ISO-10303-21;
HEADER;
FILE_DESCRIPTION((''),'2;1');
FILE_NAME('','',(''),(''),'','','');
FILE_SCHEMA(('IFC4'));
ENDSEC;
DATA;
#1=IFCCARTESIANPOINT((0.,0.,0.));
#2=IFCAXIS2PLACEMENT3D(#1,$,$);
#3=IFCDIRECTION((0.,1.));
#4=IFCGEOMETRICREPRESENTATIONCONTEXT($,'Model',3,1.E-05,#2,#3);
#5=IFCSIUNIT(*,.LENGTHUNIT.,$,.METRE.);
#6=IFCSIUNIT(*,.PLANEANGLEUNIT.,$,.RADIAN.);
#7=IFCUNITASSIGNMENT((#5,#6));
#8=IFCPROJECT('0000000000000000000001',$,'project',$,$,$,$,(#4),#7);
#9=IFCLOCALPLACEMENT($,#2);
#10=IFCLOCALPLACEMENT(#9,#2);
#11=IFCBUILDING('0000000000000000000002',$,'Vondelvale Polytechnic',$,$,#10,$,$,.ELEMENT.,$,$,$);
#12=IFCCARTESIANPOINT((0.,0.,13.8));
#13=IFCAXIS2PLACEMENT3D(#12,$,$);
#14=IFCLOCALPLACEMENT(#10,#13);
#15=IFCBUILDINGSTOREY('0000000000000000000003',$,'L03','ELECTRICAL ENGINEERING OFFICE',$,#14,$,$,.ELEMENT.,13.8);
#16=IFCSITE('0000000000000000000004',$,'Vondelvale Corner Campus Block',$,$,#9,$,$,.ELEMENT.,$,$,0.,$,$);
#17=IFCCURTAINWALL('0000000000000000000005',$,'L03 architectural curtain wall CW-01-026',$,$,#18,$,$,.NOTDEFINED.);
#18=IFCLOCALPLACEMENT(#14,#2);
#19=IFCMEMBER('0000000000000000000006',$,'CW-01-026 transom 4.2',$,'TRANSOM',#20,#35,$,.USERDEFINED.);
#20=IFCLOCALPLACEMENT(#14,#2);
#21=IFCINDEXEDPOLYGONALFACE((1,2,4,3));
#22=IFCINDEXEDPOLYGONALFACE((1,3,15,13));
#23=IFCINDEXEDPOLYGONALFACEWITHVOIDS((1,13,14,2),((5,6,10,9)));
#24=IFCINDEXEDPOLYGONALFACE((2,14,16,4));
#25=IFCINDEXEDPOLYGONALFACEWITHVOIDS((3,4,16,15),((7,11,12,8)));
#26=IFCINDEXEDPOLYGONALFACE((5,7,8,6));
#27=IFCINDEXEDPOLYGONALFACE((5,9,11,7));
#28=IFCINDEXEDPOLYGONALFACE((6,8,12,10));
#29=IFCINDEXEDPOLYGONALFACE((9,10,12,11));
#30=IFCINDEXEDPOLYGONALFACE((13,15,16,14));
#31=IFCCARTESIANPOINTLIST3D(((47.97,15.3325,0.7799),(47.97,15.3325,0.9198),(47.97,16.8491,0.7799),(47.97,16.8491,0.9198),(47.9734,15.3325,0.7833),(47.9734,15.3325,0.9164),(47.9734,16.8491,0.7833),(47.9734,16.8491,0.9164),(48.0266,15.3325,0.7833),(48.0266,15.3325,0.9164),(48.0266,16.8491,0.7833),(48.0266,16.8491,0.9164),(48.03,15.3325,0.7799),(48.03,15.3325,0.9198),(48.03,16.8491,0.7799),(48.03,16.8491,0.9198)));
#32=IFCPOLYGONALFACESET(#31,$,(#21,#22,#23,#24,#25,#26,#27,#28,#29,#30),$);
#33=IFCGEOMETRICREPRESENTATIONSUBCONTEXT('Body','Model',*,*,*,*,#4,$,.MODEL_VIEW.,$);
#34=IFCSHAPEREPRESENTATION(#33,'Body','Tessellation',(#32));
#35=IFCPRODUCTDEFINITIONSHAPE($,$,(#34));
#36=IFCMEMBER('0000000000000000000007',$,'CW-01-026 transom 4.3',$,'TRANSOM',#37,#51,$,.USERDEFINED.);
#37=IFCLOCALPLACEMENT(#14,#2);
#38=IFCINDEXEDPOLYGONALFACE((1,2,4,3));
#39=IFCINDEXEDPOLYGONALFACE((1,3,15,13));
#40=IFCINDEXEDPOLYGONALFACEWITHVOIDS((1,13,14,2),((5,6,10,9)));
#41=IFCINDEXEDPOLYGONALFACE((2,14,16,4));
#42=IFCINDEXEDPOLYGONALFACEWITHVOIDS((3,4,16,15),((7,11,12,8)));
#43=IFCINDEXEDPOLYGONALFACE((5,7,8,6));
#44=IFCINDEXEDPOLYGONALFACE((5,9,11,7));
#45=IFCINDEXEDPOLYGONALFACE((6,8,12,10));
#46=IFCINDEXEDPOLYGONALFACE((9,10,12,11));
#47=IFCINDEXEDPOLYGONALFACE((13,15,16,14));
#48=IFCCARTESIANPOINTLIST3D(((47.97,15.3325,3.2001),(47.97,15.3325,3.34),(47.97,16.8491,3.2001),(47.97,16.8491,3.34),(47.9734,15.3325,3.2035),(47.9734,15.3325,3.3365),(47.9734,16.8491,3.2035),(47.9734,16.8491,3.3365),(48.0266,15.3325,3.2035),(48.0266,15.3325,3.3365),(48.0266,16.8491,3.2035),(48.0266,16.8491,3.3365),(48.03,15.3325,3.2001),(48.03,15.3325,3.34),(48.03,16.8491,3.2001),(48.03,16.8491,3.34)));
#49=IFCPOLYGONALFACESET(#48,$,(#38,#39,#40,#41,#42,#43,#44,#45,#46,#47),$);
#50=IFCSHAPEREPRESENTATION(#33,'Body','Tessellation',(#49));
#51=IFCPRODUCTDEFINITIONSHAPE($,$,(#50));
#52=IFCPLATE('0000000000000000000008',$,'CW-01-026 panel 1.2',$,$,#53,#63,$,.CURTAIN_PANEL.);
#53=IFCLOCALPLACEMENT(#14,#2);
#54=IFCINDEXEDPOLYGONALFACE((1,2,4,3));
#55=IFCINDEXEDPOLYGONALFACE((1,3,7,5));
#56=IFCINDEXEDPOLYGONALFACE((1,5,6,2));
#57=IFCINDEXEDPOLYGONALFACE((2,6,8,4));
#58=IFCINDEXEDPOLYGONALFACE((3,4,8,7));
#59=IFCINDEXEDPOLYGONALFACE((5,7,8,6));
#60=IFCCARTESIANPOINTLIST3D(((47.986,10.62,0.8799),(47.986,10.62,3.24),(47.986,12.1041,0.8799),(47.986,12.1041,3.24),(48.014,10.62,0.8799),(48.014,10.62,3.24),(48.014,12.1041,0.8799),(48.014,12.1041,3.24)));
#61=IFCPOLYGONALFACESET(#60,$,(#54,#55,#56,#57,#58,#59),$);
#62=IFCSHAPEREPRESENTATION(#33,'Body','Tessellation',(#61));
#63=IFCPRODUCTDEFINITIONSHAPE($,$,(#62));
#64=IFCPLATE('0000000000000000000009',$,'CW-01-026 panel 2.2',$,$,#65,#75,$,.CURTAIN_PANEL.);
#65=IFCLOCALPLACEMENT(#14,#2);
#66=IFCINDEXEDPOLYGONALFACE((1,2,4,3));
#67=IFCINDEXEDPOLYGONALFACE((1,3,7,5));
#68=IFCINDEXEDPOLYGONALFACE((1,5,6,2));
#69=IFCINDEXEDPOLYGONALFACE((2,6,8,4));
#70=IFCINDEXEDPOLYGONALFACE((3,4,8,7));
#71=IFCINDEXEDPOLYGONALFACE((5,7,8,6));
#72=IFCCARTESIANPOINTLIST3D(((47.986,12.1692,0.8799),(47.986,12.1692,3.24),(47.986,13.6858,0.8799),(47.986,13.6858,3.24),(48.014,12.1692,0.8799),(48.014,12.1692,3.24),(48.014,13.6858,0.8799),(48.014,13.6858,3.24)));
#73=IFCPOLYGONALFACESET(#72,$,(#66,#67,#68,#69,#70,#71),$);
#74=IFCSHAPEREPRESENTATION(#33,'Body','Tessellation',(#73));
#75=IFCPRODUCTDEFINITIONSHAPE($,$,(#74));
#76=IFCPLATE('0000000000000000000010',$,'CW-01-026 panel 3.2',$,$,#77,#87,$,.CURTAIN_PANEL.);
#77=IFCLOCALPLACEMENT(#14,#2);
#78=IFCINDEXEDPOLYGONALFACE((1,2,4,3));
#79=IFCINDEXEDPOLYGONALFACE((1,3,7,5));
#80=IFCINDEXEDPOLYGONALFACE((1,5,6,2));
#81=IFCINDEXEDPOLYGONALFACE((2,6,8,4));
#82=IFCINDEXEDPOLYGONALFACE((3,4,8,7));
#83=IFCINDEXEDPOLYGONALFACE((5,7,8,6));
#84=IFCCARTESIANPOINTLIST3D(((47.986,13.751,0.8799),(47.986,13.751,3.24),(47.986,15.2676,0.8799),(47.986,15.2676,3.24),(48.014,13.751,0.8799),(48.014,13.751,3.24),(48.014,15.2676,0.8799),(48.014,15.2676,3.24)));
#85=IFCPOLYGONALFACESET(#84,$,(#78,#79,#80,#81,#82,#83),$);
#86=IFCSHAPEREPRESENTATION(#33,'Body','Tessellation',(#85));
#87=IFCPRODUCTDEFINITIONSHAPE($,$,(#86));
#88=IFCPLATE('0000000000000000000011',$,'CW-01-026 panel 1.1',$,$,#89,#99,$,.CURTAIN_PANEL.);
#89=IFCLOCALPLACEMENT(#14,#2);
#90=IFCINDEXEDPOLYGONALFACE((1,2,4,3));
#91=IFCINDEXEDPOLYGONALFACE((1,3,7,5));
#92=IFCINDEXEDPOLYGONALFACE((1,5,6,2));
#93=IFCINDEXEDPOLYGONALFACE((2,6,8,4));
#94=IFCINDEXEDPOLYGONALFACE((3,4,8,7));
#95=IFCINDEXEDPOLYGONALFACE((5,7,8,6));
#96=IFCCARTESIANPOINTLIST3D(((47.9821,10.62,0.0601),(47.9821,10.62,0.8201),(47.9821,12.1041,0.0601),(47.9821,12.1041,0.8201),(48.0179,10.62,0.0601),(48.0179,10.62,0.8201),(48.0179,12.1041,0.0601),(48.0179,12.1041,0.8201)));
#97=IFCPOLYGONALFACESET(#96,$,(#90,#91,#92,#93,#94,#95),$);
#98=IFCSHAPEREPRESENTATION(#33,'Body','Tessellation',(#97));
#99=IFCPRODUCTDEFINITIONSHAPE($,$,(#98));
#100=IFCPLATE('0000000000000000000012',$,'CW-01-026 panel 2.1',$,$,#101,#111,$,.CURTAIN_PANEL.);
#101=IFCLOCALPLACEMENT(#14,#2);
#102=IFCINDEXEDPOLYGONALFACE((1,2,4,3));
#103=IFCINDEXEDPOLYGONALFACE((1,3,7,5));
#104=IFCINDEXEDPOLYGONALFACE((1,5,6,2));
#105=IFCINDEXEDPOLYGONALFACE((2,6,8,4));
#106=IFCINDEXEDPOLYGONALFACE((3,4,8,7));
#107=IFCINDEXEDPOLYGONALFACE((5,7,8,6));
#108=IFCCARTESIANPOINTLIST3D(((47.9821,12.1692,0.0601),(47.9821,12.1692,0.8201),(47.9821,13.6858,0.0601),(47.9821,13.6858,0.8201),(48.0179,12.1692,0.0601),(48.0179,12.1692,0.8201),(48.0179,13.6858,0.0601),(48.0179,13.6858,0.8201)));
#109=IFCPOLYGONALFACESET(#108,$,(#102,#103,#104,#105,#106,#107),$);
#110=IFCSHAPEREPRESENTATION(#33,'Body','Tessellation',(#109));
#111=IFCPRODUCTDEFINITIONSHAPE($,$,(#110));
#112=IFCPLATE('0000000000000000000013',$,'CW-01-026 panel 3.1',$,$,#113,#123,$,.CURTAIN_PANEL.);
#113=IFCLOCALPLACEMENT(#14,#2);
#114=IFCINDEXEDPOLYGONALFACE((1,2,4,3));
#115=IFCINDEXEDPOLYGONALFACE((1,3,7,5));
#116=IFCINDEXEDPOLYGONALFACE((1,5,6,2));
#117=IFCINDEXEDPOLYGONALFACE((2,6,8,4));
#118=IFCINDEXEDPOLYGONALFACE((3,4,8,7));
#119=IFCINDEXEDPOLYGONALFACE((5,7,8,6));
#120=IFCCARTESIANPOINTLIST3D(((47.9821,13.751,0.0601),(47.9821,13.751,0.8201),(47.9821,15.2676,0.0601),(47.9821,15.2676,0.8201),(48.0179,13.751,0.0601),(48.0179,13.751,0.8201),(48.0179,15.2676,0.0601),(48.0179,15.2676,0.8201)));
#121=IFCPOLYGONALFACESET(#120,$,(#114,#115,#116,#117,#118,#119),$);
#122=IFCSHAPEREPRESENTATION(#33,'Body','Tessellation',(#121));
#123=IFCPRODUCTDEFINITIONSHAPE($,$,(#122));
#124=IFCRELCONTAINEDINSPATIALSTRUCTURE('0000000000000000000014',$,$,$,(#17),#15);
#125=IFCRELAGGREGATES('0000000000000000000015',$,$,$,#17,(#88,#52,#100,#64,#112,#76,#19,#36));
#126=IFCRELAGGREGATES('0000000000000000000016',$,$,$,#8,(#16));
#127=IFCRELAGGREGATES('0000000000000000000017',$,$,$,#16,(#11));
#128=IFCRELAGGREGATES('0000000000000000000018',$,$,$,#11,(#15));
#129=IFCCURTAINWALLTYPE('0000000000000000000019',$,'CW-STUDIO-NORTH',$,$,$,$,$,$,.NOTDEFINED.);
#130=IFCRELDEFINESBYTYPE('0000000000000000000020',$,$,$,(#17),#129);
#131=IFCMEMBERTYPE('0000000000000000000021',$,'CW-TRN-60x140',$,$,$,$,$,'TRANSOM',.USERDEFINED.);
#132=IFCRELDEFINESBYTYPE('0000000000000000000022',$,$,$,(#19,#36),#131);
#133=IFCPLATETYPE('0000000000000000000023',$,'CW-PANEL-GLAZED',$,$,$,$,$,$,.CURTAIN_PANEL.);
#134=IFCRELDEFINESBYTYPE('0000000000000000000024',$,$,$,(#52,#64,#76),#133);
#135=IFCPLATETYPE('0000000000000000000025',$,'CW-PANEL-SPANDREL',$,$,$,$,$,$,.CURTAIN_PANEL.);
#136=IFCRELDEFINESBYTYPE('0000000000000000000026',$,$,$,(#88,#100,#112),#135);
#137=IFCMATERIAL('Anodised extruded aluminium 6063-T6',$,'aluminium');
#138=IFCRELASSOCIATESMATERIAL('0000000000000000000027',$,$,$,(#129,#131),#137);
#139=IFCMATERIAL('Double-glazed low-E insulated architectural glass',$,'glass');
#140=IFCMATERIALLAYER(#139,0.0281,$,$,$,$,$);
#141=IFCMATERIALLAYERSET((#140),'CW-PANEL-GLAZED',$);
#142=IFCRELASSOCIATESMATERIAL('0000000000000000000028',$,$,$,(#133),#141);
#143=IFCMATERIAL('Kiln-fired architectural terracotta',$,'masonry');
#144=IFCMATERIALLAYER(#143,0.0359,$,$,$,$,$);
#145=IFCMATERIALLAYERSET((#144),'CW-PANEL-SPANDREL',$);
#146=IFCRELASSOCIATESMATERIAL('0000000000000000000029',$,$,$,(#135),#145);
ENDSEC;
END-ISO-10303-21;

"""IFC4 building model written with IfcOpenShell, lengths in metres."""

from ifc_helpers import new_model, si_unit, direction, frame, origin, origin_2d, place, context, subcontext, project, spatial, rectangle, hollow_rectangle, extrude, material, layer, layer_set, material_profile, profile_set, type_object, element, aggregate, save


model = new_model("IFC4")

# Units and contexts
model_context = context("Model", 3, precision=1e-05, world=origin(), true_north=direction((0.0, 1.0)))
body_context = subcontext(model_context, "Body", "Model", "MODEL_VIEW")
ifc_project = project(units=[si_unit("LENGTHUNIT", "METRE"), si_unit("PLANEANGLEUNIT", "RADIAN")], contexts=[model_context])

# Site, building, storey
site_placement = place(None, origin())
site = spatial("IfcSite", under=ifc_project, at=site_placement, Name="Vondelvale Corner Campus Block", CompositionType="ELEMENT", RefElevation=0.0)
building_placement = place(site_placement, origin())
building = spatial("IfcBuilding", under=site, at=building_placement, Name="Vondelvale Polytechnic", CompositionType="ELEMENT")
storey_placement = place(building_placement, frame((0.0, 0.0, 13.8)))
storey = spatial("IfcBuildingStorey", under=building, at=storey_placement, Name="L03", Description="ELECTRICAL ENGINEERING OFFICE", CompositionType="ELEMENT", Elevation=13.8)

# Curtain wall, members, plates
ifc_material_1 = material(Name="Anodised extruded aluminium 6063-T6", Category="aluminium")
curtain_wall_type = type_object("IfcCurtainWallType", Name="CW-STUDIO-NORTH", PredefinedType="NOTDEFINED", material=ifc_material_1)
curtain_wall_placement = place(storey_placement, origin())
curtain_wall = element("IfcCurtainWall", 1, at=curtain_wall_placement, inside=storey, type_object=curtain_wall_type, Name="L03 architectural curtain wall CW-01-026", PredefinedType="NOTDEFINED")
ifc_material_profile_1 = material_profile(ifc_material_1, hollow_rectangle(XDim=0.0601, YDim=0.1399, WallThickness=0.0034, at=origin_2d()), Name="CW-TRN-140x60")
ifc_profile_set_1 = profile_set([ifc_material_profile_1], Name="Anodised extruded aluminium 6063-T6")
member_type_1 = type_object("IfcMemberType", Name="CW-TRN-60x140", ElementType="TRANSOM", PredefinedType="USERDEFINED", material=ifc_profile_set_1)
member_1_placement = place(storey_placement, frame((48.0, 15.3325, 0.8499), z_axis=(0.0, 1.0, 0.0), x_axis=(-1.0, 0.0, 0.0)))
member_1 = element("IfcMember", 2, at=member_1_placement, type_object=member_type_1, Name="CW-01-026 transom 4.2", ObjectType="TRANSOM", PredefinedType="USERDEFINED", context=body_context, shape_type="SweptSolid", body=[
    extrude(hollow_rectangle(XDim=0.0601, YDim=0.1399, WallThickness=0.0034, at=origin_2d()), origin(), (0.0, 0.0, 1.0), 1.5166),
])
member_2_placement = place(storey_placement, frame((48.0, 15.3325, 3.27), z_axis=(0.0, 1.0, 0.0), x_axis=(-1.0, 0.0, 0.0)))
member_2 = element("IfcMember", 3, at=member_2_placement, type_object=member_type_1, Name="CW-01-026 transom 4.3", ObjectType="TRANSOM", PredefinedType="USERDEFINED", context=body_context, shape_type="SweptSolid", body=[
    extrude(hollow_rectangle(XDim=0.0601, YDim=0.1399, WallThickness=0.0034, at=origin_2d()), origin(), (0.0, 0.0, 1.0), 1.5166),
])
ifc_material_2 = material(Name="Double-glazed low-E insulated architectural glass", Category="glass")
ifc_layer_1 = layer(ifc_material_2, 0.0281)
ifc_layer_set_1 = layer_set([ifc_layer_1], Name="CW-PANEL-GLAZED")
plate_type_1 = type_object("IfcPlateType", Name="CW-PANEL-GLAZED", PredefinedType="CURTAIN_PANEL", material=ifc_layer_set_1)
plate_1_placement = place(storey_placement, frame((48.0, 11.3621, 0.8799), z_axis=(0.0, 0.0, 1.0), x_axis=(0.0, 1.0, 0.0)))
plate_1 = element("IfcPlate", 4, at=plate_1_placement, type_object=plate_type_1, Name="CW-01-026 panel 1.2", PredefinedType="CURTAIN_PANEL", context=body_context, shape_type="SweptSolid", body=[
    extrude(rectangle(XDim=1.4841, YDim=0.0281, at=origin_2d()), origin(), (0.0, 0.0, 1.0), 2.3601),
])
plate_2_placement = place(storey_placement, frame((48.0, 12.9275, 0.8799), z_axis=(0.0, 0.0, 1.0), x_axis=(0.0, 1.0, 0.0)))
plate_2 = element("IfcPlate", 5, at=plate_2_placement, type_object=plate_type_1, Name="CW-01-026 panel 2.2", PredefinedType="CURTAIN_PANEL", context=body_context, shape_type="SweptSolid", body=[
    extrude(rectangle(XDim=1.5166, YDim=0.0281, at=origin_2d()), origin(), (0.0, 0.0, 1.0), 2.3601),
])
plate_3_placement = place(storey_placement, frame((48.0, 14.5093, 0.8799), z_axis=(0.0, 0.0, 1.0), x_axis=(0.0, 1.0, 0.0)))
plate_3 = element("IfcPlate", 6, at=plate_3_placement, type_object=plate_type_1, Name="CW-01-026 panel 3.2", PredefinedType="CURTAIN_PANEL", context=body_context, shape_type="SweptSolid", body=[
    extrude(rectangle(XDim=1.5166, YDim=0.0281, at=origin_2d()), origin(), (0.0, 0.0, 1.0), 2.3601),
])
ifc_material_3 = material(Name="Kiln-fired architectural terracotta", Category="masonry")
ifc_layer_2 = layer(ifc_material_3, 0.0359)
ifc_layer_set_2 = layer_set([ifc_layer_2], Name="CW-PANEL-SPANDREL")
plate_type_2 = type_object("IfcPlateType", Name="CW-PANEL-SPANDREL", PredefinedType="CURTAIN_PANEL", material=ifc_layer_set_2)
plate_4_placement = place(storey_placement, frame((48.0, 11.3621, 0.0601), z_axis=(0.0, 0.0, 1.0), x_axis=(0.0, 1.0, 0.0)))
plate_4 = element("IfcPlate", 7, at=plate_4_placement, type_object=plate_type_2, Name="CW-01-026 panel 1.1", PredefinedType="CURTAIN_PANEL", context=body_context, shape_type="SweptSolid", body=[
    extrude(rectangle(XDim=1.4841, YDim=0.0359, at=origin_2d()), origin(), (0.0, 0.0, 1.0), 0.76),
])
plate_5_placement = place(storey_placement, frame((48.0, 12.9275, 0.0601), z_axis=(0.0, 0.0, 1.0), x_axis=(0.0, 1.0, 0.0)))
plate_5 = element("IfcPlate", 8, at=plate_5_placement, type_object=plate_type_2, Name="CW-01-026 panel 2.1", PredefinedType="CURTAIN_PANEL", context=body_context, shape_type="SweptSolid", body=[
    extrude(rectangle(XDim=1.5166, YDim=0.0359, at=origin_2d()), origin(), (0.0, 0.0, 1.0), 0.76),
])
plate_6_placement = place(storey_placement, frame((48.0, 14.5093, 0.0601), z_axis=(0.0, 0.0, 1.0), x_axis=(0.0, 1.0, 0.0)))
plate_6 = element("IfcPlate", 9, at=plate_6_placement, type_object=plate_type_2, Name="CW-01-026 panel 3.1", PredefinedType="CURTAIN_PANEL", context=body_context, shape_type="SweptSolid", body=[
    extrude(rectangle(XDim=1.5166, YDim=0.0359, at=origin_2d()), origin(), (0.0, 0.0, 1.0), 0.76),
])
aggregate(curtain_wall, [plate_4, plate_1, plate_5, plate_2, plate_6, plate_3, member_1, member_2])

save(model, "model.ifc")
